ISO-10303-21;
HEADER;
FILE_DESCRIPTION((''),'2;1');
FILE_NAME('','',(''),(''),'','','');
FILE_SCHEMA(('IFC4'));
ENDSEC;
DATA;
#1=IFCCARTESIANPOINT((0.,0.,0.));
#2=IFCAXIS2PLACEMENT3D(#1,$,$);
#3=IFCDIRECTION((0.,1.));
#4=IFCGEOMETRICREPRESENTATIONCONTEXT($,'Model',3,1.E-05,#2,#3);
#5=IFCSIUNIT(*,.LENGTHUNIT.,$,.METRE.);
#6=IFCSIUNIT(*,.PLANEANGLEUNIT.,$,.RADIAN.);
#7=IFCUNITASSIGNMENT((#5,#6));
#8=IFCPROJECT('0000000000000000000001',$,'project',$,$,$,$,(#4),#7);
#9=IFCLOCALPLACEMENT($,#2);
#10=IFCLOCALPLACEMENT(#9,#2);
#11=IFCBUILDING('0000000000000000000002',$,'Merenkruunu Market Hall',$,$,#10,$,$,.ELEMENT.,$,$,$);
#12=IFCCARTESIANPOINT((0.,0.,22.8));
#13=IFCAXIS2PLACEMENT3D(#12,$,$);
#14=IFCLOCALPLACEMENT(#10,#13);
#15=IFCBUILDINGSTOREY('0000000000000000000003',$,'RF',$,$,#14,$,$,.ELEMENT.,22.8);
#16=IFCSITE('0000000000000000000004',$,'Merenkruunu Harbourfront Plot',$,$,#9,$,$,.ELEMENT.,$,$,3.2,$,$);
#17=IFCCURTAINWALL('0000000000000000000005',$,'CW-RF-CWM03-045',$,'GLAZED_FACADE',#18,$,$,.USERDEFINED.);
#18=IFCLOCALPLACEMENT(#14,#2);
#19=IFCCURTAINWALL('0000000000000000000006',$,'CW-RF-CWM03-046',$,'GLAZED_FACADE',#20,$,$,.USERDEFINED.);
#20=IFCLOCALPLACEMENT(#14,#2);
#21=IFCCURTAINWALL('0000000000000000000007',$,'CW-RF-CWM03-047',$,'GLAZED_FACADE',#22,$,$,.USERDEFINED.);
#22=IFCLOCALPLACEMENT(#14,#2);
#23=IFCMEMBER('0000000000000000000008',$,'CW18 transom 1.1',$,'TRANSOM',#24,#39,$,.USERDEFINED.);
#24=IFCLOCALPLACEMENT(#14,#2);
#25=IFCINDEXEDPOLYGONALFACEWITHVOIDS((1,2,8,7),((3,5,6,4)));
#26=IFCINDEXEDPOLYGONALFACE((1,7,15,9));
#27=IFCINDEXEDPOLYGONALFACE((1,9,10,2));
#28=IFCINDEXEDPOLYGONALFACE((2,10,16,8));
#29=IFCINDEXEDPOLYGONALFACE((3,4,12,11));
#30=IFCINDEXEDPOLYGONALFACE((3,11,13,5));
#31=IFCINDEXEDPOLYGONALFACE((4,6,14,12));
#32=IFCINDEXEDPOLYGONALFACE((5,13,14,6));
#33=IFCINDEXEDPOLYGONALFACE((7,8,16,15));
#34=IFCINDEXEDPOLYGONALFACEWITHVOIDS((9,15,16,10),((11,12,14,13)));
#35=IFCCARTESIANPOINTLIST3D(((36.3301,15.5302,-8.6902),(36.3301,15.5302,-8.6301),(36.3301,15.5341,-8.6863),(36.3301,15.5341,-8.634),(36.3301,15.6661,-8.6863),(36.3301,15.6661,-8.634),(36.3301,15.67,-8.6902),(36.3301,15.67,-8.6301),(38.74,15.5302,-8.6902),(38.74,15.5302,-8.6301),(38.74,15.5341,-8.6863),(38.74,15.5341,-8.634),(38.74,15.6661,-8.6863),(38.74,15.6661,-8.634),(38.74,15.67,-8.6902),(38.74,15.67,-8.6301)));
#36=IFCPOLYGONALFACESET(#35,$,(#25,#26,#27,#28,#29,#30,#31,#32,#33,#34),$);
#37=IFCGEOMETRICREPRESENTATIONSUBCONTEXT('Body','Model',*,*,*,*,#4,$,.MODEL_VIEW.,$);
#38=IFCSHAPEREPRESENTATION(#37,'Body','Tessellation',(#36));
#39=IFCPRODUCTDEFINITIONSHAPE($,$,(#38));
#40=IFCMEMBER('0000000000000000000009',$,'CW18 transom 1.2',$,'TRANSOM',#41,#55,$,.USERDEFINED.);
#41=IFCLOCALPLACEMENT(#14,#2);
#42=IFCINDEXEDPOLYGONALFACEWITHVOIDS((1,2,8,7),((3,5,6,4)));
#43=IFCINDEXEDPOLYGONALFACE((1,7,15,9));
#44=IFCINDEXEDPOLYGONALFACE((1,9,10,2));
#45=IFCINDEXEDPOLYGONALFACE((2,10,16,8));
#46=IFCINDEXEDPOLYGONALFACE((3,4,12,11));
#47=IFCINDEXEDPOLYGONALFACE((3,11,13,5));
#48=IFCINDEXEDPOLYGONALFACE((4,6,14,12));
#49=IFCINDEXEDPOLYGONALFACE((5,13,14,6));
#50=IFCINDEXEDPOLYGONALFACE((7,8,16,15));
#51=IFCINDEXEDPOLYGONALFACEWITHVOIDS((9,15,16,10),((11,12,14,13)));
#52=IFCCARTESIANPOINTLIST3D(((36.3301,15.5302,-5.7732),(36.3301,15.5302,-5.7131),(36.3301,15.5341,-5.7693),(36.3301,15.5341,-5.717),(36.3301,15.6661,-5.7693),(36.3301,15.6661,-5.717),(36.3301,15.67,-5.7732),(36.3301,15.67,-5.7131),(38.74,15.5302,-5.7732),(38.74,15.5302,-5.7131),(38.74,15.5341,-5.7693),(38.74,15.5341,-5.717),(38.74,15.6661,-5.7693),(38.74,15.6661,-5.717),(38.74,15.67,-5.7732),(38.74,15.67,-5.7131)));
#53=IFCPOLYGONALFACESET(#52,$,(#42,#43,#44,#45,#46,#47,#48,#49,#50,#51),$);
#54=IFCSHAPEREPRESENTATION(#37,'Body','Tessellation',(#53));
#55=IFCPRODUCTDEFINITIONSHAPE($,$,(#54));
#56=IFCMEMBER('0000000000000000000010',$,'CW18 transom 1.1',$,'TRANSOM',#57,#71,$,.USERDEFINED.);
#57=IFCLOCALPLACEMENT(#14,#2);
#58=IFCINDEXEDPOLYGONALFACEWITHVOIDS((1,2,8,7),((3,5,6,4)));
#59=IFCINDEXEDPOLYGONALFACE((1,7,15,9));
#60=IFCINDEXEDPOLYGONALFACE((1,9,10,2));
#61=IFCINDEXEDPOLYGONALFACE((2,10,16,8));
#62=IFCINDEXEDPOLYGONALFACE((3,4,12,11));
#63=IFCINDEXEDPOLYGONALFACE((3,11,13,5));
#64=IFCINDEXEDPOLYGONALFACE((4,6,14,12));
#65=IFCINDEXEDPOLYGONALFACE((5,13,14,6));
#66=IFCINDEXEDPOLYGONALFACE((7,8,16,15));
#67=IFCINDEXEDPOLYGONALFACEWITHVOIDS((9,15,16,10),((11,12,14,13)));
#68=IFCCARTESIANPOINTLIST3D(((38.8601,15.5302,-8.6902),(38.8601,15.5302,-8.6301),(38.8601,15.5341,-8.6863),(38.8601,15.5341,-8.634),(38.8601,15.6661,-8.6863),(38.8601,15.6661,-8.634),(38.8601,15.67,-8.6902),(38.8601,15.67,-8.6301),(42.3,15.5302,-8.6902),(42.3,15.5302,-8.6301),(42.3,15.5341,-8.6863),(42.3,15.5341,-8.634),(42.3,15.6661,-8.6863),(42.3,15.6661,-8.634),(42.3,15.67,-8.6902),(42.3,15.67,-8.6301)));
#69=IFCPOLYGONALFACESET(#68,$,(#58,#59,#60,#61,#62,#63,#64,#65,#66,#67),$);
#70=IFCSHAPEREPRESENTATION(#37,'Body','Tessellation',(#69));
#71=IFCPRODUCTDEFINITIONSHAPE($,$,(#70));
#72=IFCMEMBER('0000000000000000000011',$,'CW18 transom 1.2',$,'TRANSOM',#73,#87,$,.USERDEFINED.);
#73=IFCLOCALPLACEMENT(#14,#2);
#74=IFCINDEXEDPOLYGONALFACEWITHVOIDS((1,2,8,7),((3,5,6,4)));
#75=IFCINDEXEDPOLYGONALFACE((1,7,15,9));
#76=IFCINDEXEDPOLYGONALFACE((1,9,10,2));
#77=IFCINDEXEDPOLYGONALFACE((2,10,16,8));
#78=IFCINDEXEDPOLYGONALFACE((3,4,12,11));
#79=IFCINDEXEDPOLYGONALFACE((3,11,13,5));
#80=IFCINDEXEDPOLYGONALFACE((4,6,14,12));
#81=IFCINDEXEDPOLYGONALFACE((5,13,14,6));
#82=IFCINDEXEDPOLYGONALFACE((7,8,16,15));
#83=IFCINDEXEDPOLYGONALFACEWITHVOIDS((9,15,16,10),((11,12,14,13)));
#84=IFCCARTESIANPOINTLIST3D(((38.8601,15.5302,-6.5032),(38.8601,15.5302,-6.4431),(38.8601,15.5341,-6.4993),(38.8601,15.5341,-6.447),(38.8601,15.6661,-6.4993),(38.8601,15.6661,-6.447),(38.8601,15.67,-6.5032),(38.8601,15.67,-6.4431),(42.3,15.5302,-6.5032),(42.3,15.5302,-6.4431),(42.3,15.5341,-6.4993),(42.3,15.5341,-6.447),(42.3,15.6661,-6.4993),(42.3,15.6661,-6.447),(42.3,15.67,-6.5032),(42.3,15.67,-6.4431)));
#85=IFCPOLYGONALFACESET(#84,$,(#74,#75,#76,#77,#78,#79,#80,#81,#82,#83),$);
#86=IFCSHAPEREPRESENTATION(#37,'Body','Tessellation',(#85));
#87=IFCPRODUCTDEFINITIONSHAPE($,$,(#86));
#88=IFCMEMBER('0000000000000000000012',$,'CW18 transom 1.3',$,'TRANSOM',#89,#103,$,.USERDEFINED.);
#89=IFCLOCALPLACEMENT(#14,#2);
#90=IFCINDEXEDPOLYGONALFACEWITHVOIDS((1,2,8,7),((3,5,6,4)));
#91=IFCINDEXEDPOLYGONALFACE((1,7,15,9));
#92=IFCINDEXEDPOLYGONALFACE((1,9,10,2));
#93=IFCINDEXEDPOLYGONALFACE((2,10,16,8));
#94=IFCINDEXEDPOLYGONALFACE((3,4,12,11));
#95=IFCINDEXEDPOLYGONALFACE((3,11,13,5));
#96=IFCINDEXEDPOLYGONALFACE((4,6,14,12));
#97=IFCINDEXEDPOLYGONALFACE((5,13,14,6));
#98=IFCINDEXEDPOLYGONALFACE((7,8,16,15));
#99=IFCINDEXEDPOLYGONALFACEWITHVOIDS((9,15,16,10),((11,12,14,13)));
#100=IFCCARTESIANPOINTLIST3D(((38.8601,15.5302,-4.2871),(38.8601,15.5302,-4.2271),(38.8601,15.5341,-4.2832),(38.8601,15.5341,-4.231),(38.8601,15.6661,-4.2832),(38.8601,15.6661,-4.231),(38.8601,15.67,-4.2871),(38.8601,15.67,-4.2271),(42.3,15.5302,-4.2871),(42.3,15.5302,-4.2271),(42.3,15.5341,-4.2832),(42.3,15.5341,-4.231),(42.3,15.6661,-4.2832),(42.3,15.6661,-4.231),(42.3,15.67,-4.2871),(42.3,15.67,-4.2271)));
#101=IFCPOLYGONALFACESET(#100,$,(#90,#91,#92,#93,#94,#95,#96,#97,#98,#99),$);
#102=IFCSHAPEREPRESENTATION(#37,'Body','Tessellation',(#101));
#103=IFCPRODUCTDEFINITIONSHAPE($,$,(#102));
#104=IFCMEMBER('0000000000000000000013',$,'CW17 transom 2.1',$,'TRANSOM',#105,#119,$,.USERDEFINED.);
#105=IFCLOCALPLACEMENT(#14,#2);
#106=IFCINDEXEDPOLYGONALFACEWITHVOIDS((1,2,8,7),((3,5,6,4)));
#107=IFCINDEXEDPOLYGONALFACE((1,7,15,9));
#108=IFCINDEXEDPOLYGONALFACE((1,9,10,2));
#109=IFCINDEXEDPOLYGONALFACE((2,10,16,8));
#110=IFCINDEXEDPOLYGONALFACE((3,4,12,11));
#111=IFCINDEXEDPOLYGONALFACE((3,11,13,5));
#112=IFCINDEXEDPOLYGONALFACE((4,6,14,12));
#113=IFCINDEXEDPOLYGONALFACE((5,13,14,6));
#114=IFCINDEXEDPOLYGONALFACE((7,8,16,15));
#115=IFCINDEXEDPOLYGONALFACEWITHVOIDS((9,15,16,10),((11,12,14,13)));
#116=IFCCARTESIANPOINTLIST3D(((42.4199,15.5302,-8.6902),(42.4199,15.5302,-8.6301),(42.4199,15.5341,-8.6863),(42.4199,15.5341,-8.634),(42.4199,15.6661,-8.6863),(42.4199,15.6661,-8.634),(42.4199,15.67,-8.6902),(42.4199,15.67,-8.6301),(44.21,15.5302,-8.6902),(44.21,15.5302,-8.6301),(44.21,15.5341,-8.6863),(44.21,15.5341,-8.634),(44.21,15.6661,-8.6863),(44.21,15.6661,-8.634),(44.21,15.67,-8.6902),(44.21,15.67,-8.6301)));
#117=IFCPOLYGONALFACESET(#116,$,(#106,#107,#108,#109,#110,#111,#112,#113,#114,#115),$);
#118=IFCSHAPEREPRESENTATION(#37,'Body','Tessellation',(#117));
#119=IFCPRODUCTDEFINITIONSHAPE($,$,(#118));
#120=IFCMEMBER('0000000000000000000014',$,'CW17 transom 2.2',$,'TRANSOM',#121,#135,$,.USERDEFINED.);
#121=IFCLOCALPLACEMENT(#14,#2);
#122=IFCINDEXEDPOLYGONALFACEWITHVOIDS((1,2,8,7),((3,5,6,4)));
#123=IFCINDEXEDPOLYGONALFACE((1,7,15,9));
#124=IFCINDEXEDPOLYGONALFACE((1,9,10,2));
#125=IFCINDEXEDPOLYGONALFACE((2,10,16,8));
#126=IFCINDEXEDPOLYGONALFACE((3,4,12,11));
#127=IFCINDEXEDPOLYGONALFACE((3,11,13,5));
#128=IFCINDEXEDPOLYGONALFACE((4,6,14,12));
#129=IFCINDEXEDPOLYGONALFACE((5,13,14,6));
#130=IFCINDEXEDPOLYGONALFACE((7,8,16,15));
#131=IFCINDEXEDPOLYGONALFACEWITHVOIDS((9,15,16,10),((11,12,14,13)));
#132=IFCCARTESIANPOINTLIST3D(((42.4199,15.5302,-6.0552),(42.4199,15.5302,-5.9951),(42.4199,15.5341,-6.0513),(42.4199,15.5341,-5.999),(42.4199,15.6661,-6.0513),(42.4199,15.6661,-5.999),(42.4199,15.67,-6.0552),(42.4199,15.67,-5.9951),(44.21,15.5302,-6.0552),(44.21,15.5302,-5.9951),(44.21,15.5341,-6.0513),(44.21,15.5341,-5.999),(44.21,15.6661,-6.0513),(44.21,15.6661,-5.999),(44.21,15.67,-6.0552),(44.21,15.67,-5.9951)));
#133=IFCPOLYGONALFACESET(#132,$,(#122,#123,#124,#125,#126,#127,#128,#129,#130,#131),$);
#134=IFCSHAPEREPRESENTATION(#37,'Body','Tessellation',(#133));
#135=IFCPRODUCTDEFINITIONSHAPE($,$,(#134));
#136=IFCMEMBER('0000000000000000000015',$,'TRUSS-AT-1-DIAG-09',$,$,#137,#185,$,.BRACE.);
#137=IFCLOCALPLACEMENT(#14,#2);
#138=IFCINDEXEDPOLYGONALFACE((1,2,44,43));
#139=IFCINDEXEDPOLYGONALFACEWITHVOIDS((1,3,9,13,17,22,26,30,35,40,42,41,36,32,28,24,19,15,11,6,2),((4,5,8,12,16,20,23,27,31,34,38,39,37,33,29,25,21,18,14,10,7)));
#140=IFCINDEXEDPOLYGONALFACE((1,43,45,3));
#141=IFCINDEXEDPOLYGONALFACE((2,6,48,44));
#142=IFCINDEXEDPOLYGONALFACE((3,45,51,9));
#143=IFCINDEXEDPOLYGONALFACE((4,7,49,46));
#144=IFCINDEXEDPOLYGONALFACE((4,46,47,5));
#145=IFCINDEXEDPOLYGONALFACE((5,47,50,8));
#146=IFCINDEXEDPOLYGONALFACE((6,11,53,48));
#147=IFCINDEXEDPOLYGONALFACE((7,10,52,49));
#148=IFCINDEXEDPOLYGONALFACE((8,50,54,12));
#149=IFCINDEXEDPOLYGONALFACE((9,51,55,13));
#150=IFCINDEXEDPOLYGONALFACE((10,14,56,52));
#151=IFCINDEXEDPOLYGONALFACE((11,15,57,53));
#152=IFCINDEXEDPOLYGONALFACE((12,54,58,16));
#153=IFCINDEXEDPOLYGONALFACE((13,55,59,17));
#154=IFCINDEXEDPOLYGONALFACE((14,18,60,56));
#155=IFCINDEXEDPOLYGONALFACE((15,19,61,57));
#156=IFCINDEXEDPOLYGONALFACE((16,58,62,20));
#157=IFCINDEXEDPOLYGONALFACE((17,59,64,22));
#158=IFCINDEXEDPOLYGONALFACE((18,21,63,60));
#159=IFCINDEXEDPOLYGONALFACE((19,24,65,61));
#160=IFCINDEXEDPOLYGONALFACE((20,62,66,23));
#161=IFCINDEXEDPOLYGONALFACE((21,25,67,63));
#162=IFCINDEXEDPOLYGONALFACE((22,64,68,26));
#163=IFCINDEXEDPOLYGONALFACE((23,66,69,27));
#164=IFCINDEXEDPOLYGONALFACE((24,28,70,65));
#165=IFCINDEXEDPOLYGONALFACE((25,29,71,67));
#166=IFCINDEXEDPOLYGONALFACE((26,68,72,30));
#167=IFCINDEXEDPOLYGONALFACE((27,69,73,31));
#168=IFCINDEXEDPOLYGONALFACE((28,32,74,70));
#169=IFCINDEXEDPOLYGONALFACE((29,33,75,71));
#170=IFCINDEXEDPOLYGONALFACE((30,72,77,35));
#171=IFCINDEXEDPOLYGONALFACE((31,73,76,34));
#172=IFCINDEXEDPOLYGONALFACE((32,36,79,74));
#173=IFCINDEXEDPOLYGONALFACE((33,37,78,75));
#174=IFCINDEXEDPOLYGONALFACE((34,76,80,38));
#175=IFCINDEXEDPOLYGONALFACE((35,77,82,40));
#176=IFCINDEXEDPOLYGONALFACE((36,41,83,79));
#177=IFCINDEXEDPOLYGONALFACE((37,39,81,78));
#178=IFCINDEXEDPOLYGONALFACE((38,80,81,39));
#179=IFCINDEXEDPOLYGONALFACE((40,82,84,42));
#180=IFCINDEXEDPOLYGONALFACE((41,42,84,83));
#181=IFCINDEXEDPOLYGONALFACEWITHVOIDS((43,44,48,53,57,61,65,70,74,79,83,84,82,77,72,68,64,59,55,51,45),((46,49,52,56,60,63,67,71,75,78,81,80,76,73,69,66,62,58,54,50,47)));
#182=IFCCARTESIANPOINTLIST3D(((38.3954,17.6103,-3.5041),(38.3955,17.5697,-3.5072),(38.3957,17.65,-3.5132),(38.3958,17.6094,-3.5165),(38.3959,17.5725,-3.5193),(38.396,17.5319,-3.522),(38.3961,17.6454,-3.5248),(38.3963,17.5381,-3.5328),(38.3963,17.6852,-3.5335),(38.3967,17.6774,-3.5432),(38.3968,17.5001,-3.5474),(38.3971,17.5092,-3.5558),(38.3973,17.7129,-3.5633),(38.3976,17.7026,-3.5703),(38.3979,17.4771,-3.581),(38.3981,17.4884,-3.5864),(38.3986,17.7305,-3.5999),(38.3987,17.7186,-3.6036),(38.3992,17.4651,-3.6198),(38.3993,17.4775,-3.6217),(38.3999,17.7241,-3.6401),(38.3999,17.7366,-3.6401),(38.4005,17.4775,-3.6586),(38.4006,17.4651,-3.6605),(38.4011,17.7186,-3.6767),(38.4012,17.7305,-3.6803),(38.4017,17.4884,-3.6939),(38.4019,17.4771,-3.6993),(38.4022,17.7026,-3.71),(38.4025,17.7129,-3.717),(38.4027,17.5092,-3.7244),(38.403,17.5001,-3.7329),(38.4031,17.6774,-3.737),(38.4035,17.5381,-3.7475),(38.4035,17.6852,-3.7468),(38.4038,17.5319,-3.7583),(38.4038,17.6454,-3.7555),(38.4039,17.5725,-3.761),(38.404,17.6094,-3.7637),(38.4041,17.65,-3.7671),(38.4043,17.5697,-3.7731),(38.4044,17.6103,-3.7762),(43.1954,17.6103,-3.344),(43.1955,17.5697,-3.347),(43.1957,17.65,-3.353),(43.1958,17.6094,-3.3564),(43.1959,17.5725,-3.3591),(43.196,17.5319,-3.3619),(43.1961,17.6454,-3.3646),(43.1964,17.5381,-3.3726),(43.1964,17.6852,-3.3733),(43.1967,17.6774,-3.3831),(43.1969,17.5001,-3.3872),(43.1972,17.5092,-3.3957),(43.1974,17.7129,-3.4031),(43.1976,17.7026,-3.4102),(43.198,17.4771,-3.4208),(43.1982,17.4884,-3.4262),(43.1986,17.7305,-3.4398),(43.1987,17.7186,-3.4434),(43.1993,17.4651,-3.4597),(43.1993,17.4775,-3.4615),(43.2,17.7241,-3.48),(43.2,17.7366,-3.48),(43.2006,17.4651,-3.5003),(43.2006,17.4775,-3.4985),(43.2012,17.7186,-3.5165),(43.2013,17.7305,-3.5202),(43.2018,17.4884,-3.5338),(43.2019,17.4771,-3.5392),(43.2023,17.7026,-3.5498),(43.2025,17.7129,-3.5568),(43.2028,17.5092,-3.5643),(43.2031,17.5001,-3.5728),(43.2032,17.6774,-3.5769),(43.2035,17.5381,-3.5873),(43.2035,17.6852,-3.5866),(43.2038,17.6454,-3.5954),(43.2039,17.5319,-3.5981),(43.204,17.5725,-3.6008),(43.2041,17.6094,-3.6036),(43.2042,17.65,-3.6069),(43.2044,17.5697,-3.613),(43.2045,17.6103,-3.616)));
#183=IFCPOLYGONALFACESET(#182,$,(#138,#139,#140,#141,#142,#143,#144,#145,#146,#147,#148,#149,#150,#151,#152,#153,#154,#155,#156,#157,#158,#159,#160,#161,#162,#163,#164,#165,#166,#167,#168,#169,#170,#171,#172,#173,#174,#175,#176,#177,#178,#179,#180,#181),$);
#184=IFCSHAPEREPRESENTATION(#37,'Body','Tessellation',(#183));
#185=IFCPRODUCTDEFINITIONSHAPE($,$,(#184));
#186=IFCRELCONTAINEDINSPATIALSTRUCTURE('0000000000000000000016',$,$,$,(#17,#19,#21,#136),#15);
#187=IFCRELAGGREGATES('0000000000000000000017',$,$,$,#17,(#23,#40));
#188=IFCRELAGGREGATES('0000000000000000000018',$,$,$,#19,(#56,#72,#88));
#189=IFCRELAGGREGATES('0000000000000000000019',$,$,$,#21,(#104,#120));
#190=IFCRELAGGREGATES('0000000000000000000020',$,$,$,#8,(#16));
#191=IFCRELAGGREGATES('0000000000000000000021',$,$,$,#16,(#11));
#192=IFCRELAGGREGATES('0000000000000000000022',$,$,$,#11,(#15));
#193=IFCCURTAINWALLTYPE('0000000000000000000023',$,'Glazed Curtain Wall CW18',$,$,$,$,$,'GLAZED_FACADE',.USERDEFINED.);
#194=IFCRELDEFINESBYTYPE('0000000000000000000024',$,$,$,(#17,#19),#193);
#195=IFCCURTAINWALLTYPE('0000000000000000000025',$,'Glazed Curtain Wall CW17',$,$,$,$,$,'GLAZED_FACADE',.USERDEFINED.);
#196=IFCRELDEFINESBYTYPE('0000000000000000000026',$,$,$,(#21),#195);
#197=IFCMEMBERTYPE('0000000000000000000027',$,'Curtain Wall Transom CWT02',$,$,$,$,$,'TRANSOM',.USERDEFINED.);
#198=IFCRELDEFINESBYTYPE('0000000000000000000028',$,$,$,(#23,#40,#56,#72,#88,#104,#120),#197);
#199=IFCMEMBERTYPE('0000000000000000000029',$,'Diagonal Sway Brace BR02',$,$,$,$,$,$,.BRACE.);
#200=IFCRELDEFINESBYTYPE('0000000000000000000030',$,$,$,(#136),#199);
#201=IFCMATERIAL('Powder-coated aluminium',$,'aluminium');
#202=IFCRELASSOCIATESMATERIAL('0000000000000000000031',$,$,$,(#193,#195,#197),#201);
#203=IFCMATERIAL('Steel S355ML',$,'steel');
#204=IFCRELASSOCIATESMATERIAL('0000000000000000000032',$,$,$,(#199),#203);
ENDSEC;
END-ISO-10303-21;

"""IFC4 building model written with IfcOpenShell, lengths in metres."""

from ifc_helpers import new_model, si_unit, direction, frame, origin, origin_2d, place, context, subcontext, project, spatial, hollow_rectangle, hollow_circle, extrude, material, material_profile, profile_set, type_object, element, aggregate, save


model = new_model("IFC4")

# Units and contexts
model_context = context("Model", 3, precision=1e-05, world=origin(), true_north=direction((0.0, 1.0)))
body_context = subcontext(model_context, "Body", "Model", "MODEL_VIEW")
ifc_project = project(units=[si_unit("LENGTHUNIT", "METRE"), si_unit("PLANEANGLEUNIT", "RADIAN")], contexts=[model_context])

# Site, building, storey
site_placement = place(None, origin())
site = spatial("IfcSite", under=ifc_project, at=site_placement, Name="Merenkruunu Harbourfront Plot", CompositionType="ELEMENT", RefElevation=3.2)
building_placement = place(site_placement, origin())
building = spatial("IfcBuilding", under=site, at=building_placement, Name="Merenkruunu Market Hall", CompositionType="ELEMENT")
storey_placement = place(building_placement, frame((0.0, 0.0, 22.8)))
storey = spatial("IfcBuildingStorey", under=building, at=storey_placement, Name="RF", CompositionType="ELEMENT", Elevation=22.8)

# Shared definitions
ifc_material_1 = material(Name="Steel S355ML", Category="steel")

# Curtain wall
ifc_material_2 = material(Name="Powder-coated aluminium", Category="aluminium")
curtain_wall_type_1 = type_object("IfcCurtainWallType", Name="Glazed Curtain Wall CW18", ElementType="GLAZED_FACADE", PredefinedType="USERDEFINED", material=ifc_material_2)
curtain_wall_1_placement = place(storey_placement, origin())
curtain_wall_1 = element("IfcCurtainWall", 1, at=curtain_wall_1_placement, inside=storey, type_object=curtain_wall_type_1, Name="CW-RF-CWM03-045", ObjectType="GLAZED_FACADE", PredefinedType="USERDEFINED")

# Curtain walls
curtain_wall_2_placement = place(storey_placement, origin())
curtain_wall_2 = element("IfcCurtainWall", 2, at=curtain_wall_2_placement, inside=storey, type_object=curtain_wall_type_1, Name="CW-RF-CWM03-046", ObjectType="GLAZED_FACADE", PredefinedType="USERDEFINED")
curtain_wall_type_2 = type_object("IfcCurtainWallType", Name="Glazed Curtain Wall CW17", ElementType="GLAZED_FACADE", PredefinedType="USERDEFINED", material=ifc_material_2)
curtain_wall_3_placement = place(storey_placement, origin())
curtain_wall_3 = element("IfcCurtainWall", 3, at=curtain_wall_3_placement, inside=storey, type_object=curtain_wall_type_2, Name="CW-RF-CWM03-047", ObjectType="GLAZED_FACADE", PredefinedType="USERDEFINED")

# Members
ifc_material_profile_1 = material_profile(ifc_material_2, hollow_rectangle(XDim=0.0601, YDim=0.1399, WallThickness=0.0039, at=origin_2d()), Name="ALU 60x140x4")
ifc_profile_set_1 = profile_set([ifc_material_profile_1], Name="Powder-coated aluminium")
member_type_1 = type_object("IfcMemberType", Name="Curtain Wall Transom CWT02", ElementType="TRANSOM", PredefinedType="USERDEFINED", material=ifc_profile_set_1)
member_1_placement = place(storey_placement, frame((38.74, 15.6001, -8.6602), z_axis=(-1.0, 0.0, 0.0), x_axis=(0.0, 0.0, 1.0)))
member_1 = element("IfcMember", 4, at=member_1_placement, type_object=member_type_1, Name="CW18 transom 1.1", ObjectType="TRANSOM", PredefinedType="USERDEFINED", context=body_context, shape_type="SweptSolid", body=[
    extrude(hollow_rectangle(XDim=0.0601, YDim=0.1399, WallThickness=0.0039, at=origin_2d()), origin(), (0.0, 0.0, 1.0), 2.4099),
])
member_2_placement = place(storey_placement, frame((38.74, 15.6001, -5.7432), z_axis=(-1.0, 0.0, 0.0), x_axis=(0.0, 0.0, 1.0)))
member_2 = element("IfcMember", 5, at=member_2_placement, type_object=member_type_1, Name="CW18 transom 1.2", ObjectType="TRANSOM", PredefinedType="USERDEFINED", context=body_context, shape_type="SweptSolid", body=[
    extrude(hollow_rectangle(XDim=0.0601, YDim=0.1399, WallThickness=0.0039, at=origin_2d()), origin(), (0.0, 0.0, 1.0), 2.4099),
])
aggregate(curtain_wall_1, [member_1, member_2])
member_3_placement = place(storey_placement, frame((42.3, 15.6001, -8.6602), z_axis=(-1.0, 0.0, 0.0), x_axis=(0.0, 0.0, 1.0)))
member_3 = element("IfcMember", 6, at=member_3_placement, type_object=member_type_1, Name="CW18 transom 1.1", ObjectType="TRANSOM", PredefinedType="USERDEFINED", context=body_context, shape_type="SweptSolid", body=[
    extrude(hollow_rectangle(XDim=0.0601, YDim=0.1399, WallThickness=0.0039, at=origin_2d()), origin(), (0.0, 0.0, 1.0), 3.4399),
])
member_4_placement = place(storey_placement, frame((42.3, 15.6001, -6.4731), z_axis=(-1.0, 0.0, 0.0), x_axis=(0.0, 0.0, 1.0)))
member_4 = element("IfcMember", 7, at=member_4_placement, type_object=member_type_1, Name="CW18 transom 1.2", ObjectType="TRANSOM", PredefinedType="USERDEFINED", context=body_context, shape_type="SweptSolid", body=[
    extrude(hollow_rectangle(XDim=0.0601, YDim=0.1399, WallThickness=0.0039, at=origin_2d()), origin(), (0.0, 0.0, 1.0), 3.4399),
])
member_5_placement = place(storey_placement, frame((42.3, 15.6001, -4.2571), z_axis=(-1.0, 0.0, 0.0), x_axis=(0.0, 0.0, 1.0)))
member_5 = element("IfcMember", 8, at=member_5_placement, type_object=member_type_1, Name="CW18 transom 1.3", ObjectType="TRANSOM", PredefinedType="USERDEFINED", context=body_context, shape_type="SweptSolid", body=[
    extrude(hollow_rectangle(XDim=0.0601, YDim=0.1399, WallThickness=0.0039, at=origin_2d()), origin(), (0.0, 0.0, 1.0), 3.4399),
])
member_6_placement = place(storey_placement, frame((44.21, 15.6001, -8.6602), z_axis=(-1.0, 0.0, 0.0), x_axis=(0.0, 0.0, 1.0)))
member_6 = element("IfcMember", 9, at=member_6_placement, type_object=member_type_1, Name="CW17 transom 2.1", ObjectType="TRANSOM", PredefinedType="USERDEFINED", context=body_context, shape_type="SweptSolid", body=[
    extrude(hollow_rectangle(XDim=0.0601, YDim=0.1399, WallThickness=0.0039, at=origin_2d()), origin(), (0.0, 0.0, 1.0), 1.79),
])
member_7_placement = place(storey_placement, frame((44.21, 15.6001, -6.0251), z_axis=(-1.0, 0.0, 0.0), x_axis=(0.0, 0.0, 1.0)))
member_7 = element("IfcMember", 10, at=member_7_placement, type_object=member_type_1, Name="CW17 transom 2.2", ObjectType="TRANSOM", PredefinedType="USERDEFINED", context=body_context, shape_type="SweptSolid", body=[
    extrude(hollow_rectangle(XDim=0.0601, YDim=0.1399, WallThickness=0.0039, at=origin_2d()), origin(), (0.0, 0.0, 1.0), 1.79),
])

# Member
ifc_material_profile_2 = material_profile(ifc_material_1, hollow_circle(Radius=0.1365, WallThickness=0.0125, at=origin_2d()), Name="CHS 273x12.5")
ifc_profile_set_2 = profile_set([ifc_material_profile_2], Name="Steel S355ML")
member_type_2 = type_object("IfcMemberType", Name="Diagonal Sway Brace BR02", PredefinedType="BRACE", material=ifc_profile_set_2)
member_8_placement = place(storey_placement, frame((38.3999, 17.6001, -3.6401), z_axis=(0.999444, 0.0, 0.033347), x_axis=(0.0, 1.0, 0.0)))
element("IfcMember", 11, at=member_8_placement, inside=storey, type_object=member_type_2, Name="TRUSS-AT-1-DIAG-09", PredefinedType="BRACE", context=body_context, shape_type="SweptSolid", body=[
    extrude(hollow_circle(Radius=0.1365, WallThickness=0.0125, at=origin_2d()), origin(), (0.0, 0.0, 1.0), 4.8027),
])

aggregate(curtain_wall_2, [member_3, member_4, member_5])
aggregate(curtain_wall_3, [member_6, member_7])

save(model, "model.ifc")
